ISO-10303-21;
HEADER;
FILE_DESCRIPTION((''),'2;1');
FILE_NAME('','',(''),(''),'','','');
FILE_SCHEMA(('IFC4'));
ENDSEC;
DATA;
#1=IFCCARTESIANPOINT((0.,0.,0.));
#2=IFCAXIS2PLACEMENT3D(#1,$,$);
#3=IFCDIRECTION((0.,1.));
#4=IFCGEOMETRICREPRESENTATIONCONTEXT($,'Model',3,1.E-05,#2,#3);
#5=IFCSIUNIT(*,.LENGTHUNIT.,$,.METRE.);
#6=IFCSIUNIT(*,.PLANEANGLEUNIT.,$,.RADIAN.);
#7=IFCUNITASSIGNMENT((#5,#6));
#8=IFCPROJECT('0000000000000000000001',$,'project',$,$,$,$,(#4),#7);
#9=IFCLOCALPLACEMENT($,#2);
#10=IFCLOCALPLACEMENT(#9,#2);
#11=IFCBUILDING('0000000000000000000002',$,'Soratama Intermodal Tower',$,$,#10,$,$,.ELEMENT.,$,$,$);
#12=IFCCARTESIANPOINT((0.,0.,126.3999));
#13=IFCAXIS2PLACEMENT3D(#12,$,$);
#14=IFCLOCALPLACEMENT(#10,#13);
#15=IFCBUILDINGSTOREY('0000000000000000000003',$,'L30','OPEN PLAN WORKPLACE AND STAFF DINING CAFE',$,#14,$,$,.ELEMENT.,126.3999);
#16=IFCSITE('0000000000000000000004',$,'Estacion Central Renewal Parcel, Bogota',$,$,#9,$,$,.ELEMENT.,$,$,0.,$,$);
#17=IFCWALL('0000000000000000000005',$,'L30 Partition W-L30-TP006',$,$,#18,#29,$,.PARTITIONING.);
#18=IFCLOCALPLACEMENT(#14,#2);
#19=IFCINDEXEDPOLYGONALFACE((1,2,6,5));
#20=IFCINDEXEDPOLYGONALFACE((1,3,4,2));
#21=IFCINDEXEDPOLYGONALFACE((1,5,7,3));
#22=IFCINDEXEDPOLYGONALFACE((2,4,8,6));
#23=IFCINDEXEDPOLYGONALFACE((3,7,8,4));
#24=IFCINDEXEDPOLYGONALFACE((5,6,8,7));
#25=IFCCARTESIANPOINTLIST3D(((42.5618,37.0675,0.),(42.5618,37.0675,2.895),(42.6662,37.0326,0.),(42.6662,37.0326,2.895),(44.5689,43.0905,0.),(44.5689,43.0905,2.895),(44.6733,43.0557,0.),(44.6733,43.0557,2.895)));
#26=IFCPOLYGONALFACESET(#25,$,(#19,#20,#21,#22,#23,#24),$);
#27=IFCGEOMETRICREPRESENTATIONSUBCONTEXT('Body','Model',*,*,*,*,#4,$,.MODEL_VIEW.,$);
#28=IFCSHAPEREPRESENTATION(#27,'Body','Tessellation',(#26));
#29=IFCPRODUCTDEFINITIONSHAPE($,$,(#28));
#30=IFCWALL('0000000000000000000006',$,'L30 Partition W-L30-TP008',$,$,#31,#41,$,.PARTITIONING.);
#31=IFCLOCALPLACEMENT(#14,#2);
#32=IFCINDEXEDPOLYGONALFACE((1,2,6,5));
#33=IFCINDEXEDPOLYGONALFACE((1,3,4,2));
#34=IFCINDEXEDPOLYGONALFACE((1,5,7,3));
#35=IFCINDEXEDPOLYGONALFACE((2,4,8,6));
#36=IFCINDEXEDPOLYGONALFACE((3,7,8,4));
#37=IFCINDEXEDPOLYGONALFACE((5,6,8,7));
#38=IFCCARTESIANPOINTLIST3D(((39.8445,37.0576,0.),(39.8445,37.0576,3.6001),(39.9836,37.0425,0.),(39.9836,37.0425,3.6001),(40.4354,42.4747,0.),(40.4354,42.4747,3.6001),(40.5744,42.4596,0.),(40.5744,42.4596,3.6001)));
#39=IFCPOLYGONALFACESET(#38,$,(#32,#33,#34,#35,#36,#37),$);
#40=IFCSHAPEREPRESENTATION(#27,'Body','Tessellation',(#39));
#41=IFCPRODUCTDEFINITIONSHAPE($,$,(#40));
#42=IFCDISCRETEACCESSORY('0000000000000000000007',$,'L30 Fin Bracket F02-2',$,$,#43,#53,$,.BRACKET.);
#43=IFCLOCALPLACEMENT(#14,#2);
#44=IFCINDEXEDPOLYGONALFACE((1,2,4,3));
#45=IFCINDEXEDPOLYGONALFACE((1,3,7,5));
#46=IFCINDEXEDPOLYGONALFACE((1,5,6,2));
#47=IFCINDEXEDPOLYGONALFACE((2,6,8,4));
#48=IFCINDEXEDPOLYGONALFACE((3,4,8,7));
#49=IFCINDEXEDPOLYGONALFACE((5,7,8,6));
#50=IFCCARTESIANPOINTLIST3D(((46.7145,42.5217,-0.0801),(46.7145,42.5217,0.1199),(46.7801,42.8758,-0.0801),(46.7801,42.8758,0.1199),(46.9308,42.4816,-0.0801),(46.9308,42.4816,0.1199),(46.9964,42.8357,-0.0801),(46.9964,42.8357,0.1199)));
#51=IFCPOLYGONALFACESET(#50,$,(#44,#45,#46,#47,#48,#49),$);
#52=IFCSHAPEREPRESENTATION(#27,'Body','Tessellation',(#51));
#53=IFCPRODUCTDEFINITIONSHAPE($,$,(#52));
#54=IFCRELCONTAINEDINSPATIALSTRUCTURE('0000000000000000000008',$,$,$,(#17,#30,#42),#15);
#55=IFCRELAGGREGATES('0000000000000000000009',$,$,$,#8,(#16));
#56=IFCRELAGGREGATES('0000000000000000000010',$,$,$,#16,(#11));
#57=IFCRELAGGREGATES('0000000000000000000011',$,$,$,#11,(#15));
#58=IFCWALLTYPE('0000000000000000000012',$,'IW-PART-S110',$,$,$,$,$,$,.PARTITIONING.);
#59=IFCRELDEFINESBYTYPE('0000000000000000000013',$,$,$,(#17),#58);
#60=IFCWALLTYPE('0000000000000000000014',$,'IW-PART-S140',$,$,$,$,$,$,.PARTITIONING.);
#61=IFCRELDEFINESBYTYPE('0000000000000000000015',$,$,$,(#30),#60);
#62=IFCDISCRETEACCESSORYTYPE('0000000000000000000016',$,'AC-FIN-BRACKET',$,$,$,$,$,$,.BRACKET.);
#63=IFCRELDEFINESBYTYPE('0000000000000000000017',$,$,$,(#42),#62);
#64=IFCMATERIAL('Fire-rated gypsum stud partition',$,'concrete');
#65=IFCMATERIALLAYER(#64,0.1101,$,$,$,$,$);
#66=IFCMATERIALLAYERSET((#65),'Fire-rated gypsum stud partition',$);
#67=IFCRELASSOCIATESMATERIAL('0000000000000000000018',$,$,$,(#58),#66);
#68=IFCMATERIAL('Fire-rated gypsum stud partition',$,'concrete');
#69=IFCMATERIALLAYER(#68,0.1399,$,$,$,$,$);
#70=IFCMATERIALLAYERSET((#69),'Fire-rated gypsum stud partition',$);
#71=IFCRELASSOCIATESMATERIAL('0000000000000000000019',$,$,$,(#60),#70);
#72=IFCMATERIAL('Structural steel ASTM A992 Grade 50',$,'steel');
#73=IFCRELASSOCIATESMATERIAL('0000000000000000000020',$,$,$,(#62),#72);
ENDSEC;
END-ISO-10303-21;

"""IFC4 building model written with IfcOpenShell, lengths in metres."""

from ifc_helpers import new_model, si_unit, direction, frame, frame_2d, origin, origin_2d, place, context, subcontext, project, spatial, rectangle, extrude, material, layer, layer_set, type_object, element, save


model = new_model("IFC4")

# Units and contexts
model_context = context("Model", 3, precision=1e-05, world=origin(), true_north=direction((0.0, 1.0)))
body_context = subcontext(model_context, "Body", "Model", "MODEL_VIEW")
ifc_project = project(units=[si_unit("LENGTHUNIT", "METRE"), si_unit("PLANEANGLEUNIT", "RADIAN")], contexts=[model_context])

# Site, building, storey
site_placement = place(None, origin())
site = spatial("IfcSite", under=ifc_project, at=site_placement, Name="Estacion Central Renewal Parcel, Bogota", CompositionType="ELEMENT", RefElevation=0.0)
building_placement = place(site_placement, origin())
building = spatial("IfcBuilding", under=site, at=building_placement, Name="Soratama Intermodal Tower", CompositionType="ELEMENT")
storey_placement = place(building_placement, frame((0.0, 0.0, 126.3999)))
storey = spatial("IfcBuildingStorey", under=building, at=storey_placement, Name="L30", Description="OPEN PLAN WORKPLACE AND STAFF DINING CAFE", CompositionType="ELEMENT", Elevation=126.3999)

# Walls
ifc_material_1 = material(Name="Fire-rated gypsum stud partition", Category="concrete")
ifc_layer_1 = layer(ifc_material_1, 0.1101)
ifc_layer_set_1 = layer_set([ifc_layer_1], Name="Fire-rated gypsum stud partition")
wall_type_1 = type_object("IfcWallType", Name="IW-PART-S110", PredefinedType="PARTITIONING", material=ifc_layer_set_1)
wall_1_placement = place(storey_placement, frame((42.614, 37.05, 0.0), z_axis=(0.0, 0.0, 1.0), x_axis=(0.316147, 0.94871, 0.0)))
element("IfcWall", 1, at=wall_1_placement, inside=storey, type_object=wall_type_1, Name="L30 Partition W-L30-TP006", PredefinedType="PARTITIONING", context=body_context, shape_type="SweptSolid", body=[
    extrude(rectangle(XDim=6.3486, YDim=0.1101, at=frame_2d((3.1743, 0.0))), origin(), (0.0, 0.0, 1.0), 2.895),
])
ifc_material_2 = material(Name="Fire-rated gypsum stud partition", Category="concrete")
ifc_layer_2 = layer(ifc_material_2, 0.1399)
ifc_layer_set_2 = layer_set([ifc_layer_2], Name="Fire-rated gypsum stud partition")
wall_type_2 = type_object("IfcWallType", Name="IW-PART-S140", PredefinedType="PARTITIONING", material=ifc_layer_set_2)
wall_2_placement = place(storey_placement, frame((39.9141, 37.05, 0.0), z_axis=(0.0, 0.0, 1.0), x_axis=(0.108425, 0.994105, 0.0)))
element("IfcWall", 2, at=wall_2_placement, inside=storey, type_object=wall_type_2, Name="L30 Partition W-L30-TP008", PredefinedType="PARTITIONING", context=body_context, shape_type="SweptSolid", body=[
    extrude(rectangle(XDim=5.4492, YDim=0.1399, at=frame_2d((2.7246, 0.0))), origin(), (0.0, 0.0, 1.0), 3.6001),
])

# Discrete accessory
ifc_material_3 = material(Name="Structural steel ASTM A992 Grade 50", Category="steel")
discrete_accessory_type = type_object("IfcDiscreteAccessoryType", Name="AC-FIN-BRACKET", PredefinedType="BRACKET", material=ifc_material_3)
discrete_accessory_placement = place(storey_placement, frame((46.8555, 42.6787, -0.0801), z_axis=(0.0, 0.0, 1.0), x_axis=(0.182236, 0.983255, 0.0)))
element("IfcDiscreteAccessory", 3, at=discrete_accessory_placement, inside=storey, type_object=discrete_accessory_type, Name="L30 Fin Bracket F02-2", PredefinedType="BRACKET", context=body_context, shape_type="SweptSolid", body=[
    extrude(rectangle(XDim=0.3601, YDim=0.22, at=origin_2d()), origin(), (0.0, 0.0, 1.0), 0.2),
])

save(model, "model.ifc")
